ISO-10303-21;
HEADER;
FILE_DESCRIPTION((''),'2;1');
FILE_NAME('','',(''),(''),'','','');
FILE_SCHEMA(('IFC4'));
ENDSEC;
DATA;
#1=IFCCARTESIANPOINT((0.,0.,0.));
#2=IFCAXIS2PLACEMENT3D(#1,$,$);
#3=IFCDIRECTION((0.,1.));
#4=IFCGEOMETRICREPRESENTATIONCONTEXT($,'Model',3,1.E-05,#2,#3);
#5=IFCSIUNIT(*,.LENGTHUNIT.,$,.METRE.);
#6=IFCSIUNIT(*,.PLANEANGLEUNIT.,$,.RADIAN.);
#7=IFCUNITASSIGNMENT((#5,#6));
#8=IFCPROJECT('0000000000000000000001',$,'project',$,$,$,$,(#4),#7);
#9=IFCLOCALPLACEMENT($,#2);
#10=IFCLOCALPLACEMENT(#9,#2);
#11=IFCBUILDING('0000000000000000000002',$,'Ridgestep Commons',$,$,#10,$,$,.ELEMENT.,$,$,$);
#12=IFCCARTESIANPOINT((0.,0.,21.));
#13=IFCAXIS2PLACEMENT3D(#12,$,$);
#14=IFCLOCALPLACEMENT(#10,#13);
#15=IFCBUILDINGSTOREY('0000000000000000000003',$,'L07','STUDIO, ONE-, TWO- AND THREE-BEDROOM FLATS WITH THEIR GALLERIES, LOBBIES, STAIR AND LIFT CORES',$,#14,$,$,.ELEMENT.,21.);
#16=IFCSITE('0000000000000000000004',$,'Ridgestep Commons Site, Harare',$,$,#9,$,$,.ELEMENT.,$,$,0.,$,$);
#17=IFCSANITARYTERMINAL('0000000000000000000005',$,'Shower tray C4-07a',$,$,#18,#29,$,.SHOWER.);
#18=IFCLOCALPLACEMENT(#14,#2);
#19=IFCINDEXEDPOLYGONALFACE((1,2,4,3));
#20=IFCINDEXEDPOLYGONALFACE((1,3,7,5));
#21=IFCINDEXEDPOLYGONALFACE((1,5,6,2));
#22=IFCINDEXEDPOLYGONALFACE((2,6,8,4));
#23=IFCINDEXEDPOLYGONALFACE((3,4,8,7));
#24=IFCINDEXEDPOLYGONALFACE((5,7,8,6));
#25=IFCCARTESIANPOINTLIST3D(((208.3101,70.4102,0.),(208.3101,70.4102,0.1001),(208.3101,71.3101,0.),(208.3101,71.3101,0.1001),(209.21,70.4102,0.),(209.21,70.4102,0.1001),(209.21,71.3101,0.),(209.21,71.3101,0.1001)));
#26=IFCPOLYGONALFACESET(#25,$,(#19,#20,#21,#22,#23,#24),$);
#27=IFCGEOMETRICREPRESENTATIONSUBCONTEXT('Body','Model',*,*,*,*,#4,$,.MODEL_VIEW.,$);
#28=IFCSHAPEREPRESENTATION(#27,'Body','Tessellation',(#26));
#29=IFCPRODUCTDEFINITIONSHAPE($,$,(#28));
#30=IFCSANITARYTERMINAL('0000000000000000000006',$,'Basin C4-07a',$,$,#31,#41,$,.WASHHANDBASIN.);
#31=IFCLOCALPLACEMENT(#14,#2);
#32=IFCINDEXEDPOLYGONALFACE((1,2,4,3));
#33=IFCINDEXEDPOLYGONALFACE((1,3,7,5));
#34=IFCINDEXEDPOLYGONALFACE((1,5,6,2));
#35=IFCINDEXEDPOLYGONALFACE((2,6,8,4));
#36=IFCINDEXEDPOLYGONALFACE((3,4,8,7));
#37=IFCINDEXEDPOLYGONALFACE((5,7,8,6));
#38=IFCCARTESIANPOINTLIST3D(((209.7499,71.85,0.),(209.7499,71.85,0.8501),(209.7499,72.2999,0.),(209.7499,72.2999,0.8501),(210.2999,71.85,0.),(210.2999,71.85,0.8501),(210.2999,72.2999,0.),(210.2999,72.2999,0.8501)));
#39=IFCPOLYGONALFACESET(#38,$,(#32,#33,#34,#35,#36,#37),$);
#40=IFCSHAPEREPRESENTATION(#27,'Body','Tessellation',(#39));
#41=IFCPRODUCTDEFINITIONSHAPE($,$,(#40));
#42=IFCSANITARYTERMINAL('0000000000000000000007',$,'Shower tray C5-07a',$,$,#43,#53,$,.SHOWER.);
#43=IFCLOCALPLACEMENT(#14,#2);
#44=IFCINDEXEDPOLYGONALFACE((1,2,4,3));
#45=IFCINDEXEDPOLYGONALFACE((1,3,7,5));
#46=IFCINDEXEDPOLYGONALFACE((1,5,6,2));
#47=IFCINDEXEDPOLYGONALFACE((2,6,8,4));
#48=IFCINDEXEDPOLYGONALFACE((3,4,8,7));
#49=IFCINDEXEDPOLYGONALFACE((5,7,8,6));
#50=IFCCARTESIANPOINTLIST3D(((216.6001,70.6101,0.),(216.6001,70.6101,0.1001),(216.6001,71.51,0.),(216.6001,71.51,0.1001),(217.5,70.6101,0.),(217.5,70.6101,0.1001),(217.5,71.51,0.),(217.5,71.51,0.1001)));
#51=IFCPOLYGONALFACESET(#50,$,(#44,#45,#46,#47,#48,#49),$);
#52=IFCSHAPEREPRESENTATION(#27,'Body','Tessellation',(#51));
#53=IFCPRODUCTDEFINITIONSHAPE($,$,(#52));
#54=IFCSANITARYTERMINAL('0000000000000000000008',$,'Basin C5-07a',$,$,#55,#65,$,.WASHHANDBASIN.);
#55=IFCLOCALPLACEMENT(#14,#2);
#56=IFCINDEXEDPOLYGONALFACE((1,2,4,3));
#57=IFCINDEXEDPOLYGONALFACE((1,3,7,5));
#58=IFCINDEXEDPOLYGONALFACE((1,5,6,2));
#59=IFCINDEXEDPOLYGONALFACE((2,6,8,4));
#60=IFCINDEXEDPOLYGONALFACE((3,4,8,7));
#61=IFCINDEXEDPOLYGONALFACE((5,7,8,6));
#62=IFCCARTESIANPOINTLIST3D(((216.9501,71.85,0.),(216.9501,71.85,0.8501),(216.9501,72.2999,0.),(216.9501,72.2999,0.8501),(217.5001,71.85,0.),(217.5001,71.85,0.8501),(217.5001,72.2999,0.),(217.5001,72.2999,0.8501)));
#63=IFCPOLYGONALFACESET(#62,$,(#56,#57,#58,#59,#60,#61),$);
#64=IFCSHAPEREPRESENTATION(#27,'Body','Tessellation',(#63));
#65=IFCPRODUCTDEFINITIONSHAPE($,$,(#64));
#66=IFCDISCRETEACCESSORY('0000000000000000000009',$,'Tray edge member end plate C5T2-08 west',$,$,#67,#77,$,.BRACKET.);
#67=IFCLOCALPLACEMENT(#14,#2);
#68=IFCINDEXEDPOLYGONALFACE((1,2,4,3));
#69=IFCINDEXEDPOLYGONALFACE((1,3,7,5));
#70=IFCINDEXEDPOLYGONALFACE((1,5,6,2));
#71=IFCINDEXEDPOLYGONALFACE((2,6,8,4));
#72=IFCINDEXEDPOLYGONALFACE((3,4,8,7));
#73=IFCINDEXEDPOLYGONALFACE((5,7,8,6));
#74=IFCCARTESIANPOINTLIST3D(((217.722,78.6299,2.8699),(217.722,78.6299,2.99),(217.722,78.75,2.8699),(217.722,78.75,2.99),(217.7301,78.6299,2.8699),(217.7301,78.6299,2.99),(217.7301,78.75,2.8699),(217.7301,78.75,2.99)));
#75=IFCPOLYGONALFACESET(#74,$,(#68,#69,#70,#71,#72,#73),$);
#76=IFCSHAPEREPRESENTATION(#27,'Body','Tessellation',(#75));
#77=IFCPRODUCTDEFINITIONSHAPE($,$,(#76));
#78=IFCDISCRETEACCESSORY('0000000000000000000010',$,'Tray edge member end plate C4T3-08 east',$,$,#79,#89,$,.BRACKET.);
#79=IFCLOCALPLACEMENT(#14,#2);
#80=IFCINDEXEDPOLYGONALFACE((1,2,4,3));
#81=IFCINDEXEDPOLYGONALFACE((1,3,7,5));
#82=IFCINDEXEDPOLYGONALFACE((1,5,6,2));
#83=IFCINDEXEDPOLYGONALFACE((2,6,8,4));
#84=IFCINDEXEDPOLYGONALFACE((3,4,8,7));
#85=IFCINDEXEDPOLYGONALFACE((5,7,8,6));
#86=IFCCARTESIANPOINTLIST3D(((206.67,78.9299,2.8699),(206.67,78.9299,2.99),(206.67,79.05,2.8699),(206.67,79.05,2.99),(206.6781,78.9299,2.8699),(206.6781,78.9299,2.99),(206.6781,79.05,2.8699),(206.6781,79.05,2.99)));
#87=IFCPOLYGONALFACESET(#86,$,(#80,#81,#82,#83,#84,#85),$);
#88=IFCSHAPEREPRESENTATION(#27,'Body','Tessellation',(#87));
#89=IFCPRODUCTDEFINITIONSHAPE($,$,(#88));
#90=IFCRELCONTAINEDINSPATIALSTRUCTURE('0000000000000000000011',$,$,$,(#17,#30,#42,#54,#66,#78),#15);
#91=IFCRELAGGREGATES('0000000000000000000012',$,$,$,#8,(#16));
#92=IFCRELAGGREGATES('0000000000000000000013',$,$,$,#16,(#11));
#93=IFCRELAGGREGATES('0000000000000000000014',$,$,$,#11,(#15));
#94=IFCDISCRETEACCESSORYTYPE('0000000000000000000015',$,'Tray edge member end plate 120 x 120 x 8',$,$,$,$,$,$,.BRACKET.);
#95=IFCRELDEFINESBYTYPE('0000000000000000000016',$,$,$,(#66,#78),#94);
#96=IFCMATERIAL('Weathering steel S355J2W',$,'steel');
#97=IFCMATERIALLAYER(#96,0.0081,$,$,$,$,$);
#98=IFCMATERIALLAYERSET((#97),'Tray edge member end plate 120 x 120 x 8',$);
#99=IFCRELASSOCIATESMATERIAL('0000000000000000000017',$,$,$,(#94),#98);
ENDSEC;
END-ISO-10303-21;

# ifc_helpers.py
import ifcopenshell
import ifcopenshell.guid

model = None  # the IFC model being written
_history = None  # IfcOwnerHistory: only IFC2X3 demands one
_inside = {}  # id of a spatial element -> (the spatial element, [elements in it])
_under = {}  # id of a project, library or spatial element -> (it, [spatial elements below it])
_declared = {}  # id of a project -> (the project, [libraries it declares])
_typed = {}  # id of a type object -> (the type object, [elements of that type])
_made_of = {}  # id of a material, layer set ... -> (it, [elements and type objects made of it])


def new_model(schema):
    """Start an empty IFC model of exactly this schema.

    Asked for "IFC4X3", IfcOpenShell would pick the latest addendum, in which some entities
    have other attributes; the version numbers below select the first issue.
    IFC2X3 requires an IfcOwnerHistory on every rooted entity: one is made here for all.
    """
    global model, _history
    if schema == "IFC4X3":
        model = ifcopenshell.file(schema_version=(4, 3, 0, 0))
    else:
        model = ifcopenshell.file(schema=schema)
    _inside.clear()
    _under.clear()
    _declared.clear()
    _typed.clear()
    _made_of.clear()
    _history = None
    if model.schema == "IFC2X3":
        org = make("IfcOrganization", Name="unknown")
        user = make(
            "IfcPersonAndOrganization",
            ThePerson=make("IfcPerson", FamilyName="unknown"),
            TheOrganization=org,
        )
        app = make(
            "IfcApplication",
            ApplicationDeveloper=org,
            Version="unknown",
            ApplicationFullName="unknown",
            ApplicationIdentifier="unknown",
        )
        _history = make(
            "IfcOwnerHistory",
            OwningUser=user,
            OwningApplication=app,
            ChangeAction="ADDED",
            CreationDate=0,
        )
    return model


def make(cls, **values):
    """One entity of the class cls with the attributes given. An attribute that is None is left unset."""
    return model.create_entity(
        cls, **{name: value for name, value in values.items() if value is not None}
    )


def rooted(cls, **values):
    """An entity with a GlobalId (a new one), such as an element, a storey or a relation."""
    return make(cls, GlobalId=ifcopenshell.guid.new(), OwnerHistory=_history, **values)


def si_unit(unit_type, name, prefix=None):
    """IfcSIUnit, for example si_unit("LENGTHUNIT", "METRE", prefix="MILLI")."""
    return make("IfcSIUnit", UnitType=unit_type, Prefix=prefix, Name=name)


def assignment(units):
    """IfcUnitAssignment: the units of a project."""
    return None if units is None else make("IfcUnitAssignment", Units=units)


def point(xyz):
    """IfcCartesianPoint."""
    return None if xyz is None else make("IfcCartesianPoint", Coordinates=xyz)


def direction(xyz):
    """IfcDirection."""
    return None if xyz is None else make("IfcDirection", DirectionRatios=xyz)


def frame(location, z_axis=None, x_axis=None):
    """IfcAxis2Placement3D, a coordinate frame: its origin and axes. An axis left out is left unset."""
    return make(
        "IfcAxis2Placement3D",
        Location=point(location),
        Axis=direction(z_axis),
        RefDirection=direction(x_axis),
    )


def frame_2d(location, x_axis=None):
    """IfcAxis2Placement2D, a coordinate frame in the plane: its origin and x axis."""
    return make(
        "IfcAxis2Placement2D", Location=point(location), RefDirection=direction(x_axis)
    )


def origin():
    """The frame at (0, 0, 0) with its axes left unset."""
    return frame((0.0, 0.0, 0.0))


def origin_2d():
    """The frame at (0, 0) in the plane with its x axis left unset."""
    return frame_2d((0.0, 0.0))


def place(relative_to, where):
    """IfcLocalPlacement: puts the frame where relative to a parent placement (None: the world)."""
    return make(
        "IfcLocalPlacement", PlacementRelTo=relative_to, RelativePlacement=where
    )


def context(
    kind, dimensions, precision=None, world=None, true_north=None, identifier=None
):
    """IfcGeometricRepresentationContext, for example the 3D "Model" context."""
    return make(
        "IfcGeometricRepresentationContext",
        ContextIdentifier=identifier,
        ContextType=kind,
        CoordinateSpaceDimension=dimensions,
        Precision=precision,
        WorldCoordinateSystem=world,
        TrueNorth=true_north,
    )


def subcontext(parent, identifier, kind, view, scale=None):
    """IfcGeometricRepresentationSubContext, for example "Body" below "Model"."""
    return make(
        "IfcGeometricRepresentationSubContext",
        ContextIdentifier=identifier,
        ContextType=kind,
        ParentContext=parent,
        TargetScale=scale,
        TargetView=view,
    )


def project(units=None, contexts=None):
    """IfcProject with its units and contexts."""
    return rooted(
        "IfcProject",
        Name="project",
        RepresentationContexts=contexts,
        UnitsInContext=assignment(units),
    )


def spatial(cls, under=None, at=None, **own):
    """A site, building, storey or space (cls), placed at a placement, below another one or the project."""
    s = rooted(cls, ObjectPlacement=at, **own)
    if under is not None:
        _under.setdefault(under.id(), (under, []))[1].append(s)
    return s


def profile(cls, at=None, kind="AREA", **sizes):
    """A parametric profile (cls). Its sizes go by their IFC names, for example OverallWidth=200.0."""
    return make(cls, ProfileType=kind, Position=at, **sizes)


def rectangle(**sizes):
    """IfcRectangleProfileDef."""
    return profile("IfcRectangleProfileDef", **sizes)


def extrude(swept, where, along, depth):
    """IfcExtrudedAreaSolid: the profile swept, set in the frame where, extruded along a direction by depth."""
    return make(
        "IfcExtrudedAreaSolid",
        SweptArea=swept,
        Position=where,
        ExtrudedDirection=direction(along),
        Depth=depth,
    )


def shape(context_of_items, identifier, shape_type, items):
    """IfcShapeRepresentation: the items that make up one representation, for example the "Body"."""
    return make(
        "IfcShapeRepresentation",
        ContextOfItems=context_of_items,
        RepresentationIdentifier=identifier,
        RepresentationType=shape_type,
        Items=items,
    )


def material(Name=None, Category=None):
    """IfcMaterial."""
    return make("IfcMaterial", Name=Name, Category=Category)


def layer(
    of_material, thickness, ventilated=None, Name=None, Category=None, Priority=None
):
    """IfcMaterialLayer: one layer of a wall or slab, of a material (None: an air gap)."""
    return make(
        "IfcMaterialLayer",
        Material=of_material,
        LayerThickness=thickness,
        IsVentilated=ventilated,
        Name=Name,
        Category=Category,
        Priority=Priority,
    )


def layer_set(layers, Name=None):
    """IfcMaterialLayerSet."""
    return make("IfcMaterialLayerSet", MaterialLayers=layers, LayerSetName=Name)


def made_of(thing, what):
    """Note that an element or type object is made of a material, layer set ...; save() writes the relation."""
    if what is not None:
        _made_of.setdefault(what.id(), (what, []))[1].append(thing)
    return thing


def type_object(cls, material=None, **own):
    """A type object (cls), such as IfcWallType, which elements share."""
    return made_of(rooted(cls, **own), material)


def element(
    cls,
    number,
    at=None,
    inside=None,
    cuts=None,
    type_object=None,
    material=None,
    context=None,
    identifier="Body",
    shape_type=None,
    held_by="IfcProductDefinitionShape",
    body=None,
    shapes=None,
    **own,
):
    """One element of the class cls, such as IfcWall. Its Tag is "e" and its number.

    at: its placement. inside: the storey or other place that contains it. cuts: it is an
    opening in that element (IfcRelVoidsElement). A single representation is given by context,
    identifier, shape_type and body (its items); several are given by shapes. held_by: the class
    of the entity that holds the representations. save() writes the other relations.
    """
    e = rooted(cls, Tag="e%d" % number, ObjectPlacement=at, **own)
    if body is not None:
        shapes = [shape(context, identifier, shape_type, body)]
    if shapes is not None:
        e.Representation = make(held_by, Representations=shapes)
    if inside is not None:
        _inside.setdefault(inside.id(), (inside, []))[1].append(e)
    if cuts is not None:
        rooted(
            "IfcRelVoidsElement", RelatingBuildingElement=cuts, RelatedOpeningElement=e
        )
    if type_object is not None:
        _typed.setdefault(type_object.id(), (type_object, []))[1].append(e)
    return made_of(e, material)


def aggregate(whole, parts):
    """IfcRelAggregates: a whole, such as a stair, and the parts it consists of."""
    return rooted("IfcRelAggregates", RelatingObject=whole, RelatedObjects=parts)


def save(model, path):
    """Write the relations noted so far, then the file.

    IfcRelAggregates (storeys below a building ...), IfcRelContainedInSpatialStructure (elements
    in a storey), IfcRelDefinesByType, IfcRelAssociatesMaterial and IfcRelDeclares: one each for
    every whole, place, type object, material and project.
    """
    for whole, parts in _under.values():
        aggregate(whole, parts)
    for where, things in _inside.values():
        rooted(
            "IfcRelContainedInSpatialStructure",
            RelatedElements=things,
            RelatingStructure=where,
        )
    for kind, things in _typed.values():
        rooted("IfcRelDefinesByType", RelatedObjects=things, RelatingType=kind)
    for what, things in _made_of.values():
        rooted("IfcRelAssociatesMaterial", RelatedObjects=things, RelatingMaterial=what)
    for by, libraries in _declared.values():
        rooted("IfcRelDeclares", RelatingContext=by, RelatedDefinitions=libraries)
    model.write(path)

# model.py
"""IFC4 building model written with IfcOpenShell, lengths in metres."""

from ifc_helpers import new_model, si_unit, direction, frame, origin, origin_2d, place, context, subcontext, project, spatial, rectangle, extrude, material, layer, layer_set, type_object, element, save


model = new_model("IFC4")

# Units and contexts
model_context = context("Model", 3, precision=1e-05, world=origin(), true_north=direction((0.0, 1.0)))
body_context = subcontext(model_context, "Body", "Model", "MODEL_VIEW")
ifc_project = project(units=[si_unit("LENGTHUNIT", "METRE"), si_unit("PLANEANGLEUNIT", "RADIAN")], contexts=[model_context])

# Site, building, storey
site_placement = place(None, origin())
site = spatial("IfcSite", under=ifc_project, at=site_placement, Name="Ridgestep Commons Site, Harare", CompositionType="ELEMENT", RefElevation=0.0)
building_placement = place(site_placement, origin())
building = spatial("IfcBuilding", under=site, at=building_placement, Name="Ridgestep Commons", CompositionType="ELEMENT")
storey_placement = place(building_placement, frame((0.0, 0.0, 21.0)))
storey = spatial("IfcBuildingStorey", under=building, at=storey_placement, Name="L07", Description="STUDIO, ONE-, TWO- AND THREE-BEDROOM FLATS WITH THEIR GALLERIES, LOBBIES, STAIR AND LIFT CORES", CompositionType="ELEMENT", Elevation=21.0)

# Sanitary terminals
sanitary_terminal_1_placement = place(storey_placement, frame((208.76, 70.8601, 0.0), z_axis=(0.0, 0.0, 1.0), x_axis=(1.0, 0.0, 0.0)))
element("IfcSanitaryTerminal", 1, at=sanitary_terminal_1_placement, inside=storey, Name="Shower tray C4-07a", PredefinedType="SHOWER", context=body_context, shape_type="SweptSolid", body=[
    extrude(rectangle(XDim=0.8999, YDim=0.8999, at=origin_2d()), origin(), (0.0, 0.0, 1.0), 0.1001),
])
sanitary_terminal_2_placement = place(storey_placement, frame((210.0249, 72.075, 0.0), z_axis=(0.0, 0.0, 1.0), x_axis=(1.0, 0.0, 0.0)))
element("IfcSanitaryTerminal", 2, at=sanitary_terminal_2_placement, inside=storey, Name="Basin C4-07a", PredefinedType="WASHHANDBASIN", context=body_context, shape_type="SweptSolid", body=[
    extrude(rectangle(XDim=0.55, YDim=0.45, at=origin_2d()), origin(), (0.0, 0.0, 1.0), 0.8501),
])
sanitary_terminal_3_placement = place(storey_placement, frame((217.05, 71.0601, 0.0), z_axis=(0.0, 0.0, 1.0), x_axis=(1.0, 0.0, 0.0)))
element("IfcSanitaryTerminal", 3, at=sanitary_terminal_3_placement, inside=storey, Name="Shower tray C5-07a", PredefinedType="SHOWER", context=body_context, shape_type="SweptSolid", body=[
    extrude(rectangle(XDim=0.8999, YDim=0.8999, at=origin_2d()), origin(), (0.0, 0.0, 1.0), 0.1001),
])
sanitary_terminal_4_placement = place(storey_placement, frame((217.2251, 72.075, 0.0), z_axis=(0.0, 0.0, 1.0), x_axis=(1.0, 0.0, 0.0)))
element("IfcSanitaryTerminal", 4, at=sanitary_terminal_4_placement, inside=storey, Name="Basin C5-07a", PredefinedType="WASHHANDBASIN", context=body_context, shape_type="SweptSolid", body=[
    extrude(rectangle(XDim=0.55, YDim=0.45, at=origin_2d()), origin(), (0.0, 0.0, 1.0), 0.8501),
])

# Discrete accessories
ifc_material_1 = material(Name="Weathering steel S355J2W", Category="steel")
ifc_layer_1 = layer(ifc_material_1, 0.0081)
ifc_layer_set_1 = layer_set([ifc_layer_1], Name="Tray edge member end plate 120 x 120 x 8")
discrete_accessory_type = type_object("IfcDiscreteAccessoryType", Name="Tray edge member end plate 120 x 120 x 8", PredefinedType="BRACKET", material=ifc_layer_set_1)
for number, where, z_axis, x_axis, name in (
    (5, (217.7261, 78.6899, 2.8699), (0.0, 0.0, 1.0), (1.0, 0.0, 0.0), "Tray edge member end plate C5T2-08 west"),
    (6, (206.6741, 78.99, 2.8699), (0.0, 0.0, 1.0), (1.0, 0.0, 0.0), "Tray edge member end plate C4T3-08 east"),
):
    element("IfcDiscreteAccessory", number, at=place(storey_placement, frame(where, z_axis=z_axis, x_axis=x_axis)), inside=storey, type_object=discrete_accessory_type, Name=name, PredefinedType="BRACKET", context=body_context, shape_type="SweptSolid", body=[
        extrude(rectangle(XDim=0.0081, YDim=0.1201, at=origin_2d()), origin(), (0.0, 0.0, 1.0), 0.1201),
    ])

save(model, "model.ifc")
